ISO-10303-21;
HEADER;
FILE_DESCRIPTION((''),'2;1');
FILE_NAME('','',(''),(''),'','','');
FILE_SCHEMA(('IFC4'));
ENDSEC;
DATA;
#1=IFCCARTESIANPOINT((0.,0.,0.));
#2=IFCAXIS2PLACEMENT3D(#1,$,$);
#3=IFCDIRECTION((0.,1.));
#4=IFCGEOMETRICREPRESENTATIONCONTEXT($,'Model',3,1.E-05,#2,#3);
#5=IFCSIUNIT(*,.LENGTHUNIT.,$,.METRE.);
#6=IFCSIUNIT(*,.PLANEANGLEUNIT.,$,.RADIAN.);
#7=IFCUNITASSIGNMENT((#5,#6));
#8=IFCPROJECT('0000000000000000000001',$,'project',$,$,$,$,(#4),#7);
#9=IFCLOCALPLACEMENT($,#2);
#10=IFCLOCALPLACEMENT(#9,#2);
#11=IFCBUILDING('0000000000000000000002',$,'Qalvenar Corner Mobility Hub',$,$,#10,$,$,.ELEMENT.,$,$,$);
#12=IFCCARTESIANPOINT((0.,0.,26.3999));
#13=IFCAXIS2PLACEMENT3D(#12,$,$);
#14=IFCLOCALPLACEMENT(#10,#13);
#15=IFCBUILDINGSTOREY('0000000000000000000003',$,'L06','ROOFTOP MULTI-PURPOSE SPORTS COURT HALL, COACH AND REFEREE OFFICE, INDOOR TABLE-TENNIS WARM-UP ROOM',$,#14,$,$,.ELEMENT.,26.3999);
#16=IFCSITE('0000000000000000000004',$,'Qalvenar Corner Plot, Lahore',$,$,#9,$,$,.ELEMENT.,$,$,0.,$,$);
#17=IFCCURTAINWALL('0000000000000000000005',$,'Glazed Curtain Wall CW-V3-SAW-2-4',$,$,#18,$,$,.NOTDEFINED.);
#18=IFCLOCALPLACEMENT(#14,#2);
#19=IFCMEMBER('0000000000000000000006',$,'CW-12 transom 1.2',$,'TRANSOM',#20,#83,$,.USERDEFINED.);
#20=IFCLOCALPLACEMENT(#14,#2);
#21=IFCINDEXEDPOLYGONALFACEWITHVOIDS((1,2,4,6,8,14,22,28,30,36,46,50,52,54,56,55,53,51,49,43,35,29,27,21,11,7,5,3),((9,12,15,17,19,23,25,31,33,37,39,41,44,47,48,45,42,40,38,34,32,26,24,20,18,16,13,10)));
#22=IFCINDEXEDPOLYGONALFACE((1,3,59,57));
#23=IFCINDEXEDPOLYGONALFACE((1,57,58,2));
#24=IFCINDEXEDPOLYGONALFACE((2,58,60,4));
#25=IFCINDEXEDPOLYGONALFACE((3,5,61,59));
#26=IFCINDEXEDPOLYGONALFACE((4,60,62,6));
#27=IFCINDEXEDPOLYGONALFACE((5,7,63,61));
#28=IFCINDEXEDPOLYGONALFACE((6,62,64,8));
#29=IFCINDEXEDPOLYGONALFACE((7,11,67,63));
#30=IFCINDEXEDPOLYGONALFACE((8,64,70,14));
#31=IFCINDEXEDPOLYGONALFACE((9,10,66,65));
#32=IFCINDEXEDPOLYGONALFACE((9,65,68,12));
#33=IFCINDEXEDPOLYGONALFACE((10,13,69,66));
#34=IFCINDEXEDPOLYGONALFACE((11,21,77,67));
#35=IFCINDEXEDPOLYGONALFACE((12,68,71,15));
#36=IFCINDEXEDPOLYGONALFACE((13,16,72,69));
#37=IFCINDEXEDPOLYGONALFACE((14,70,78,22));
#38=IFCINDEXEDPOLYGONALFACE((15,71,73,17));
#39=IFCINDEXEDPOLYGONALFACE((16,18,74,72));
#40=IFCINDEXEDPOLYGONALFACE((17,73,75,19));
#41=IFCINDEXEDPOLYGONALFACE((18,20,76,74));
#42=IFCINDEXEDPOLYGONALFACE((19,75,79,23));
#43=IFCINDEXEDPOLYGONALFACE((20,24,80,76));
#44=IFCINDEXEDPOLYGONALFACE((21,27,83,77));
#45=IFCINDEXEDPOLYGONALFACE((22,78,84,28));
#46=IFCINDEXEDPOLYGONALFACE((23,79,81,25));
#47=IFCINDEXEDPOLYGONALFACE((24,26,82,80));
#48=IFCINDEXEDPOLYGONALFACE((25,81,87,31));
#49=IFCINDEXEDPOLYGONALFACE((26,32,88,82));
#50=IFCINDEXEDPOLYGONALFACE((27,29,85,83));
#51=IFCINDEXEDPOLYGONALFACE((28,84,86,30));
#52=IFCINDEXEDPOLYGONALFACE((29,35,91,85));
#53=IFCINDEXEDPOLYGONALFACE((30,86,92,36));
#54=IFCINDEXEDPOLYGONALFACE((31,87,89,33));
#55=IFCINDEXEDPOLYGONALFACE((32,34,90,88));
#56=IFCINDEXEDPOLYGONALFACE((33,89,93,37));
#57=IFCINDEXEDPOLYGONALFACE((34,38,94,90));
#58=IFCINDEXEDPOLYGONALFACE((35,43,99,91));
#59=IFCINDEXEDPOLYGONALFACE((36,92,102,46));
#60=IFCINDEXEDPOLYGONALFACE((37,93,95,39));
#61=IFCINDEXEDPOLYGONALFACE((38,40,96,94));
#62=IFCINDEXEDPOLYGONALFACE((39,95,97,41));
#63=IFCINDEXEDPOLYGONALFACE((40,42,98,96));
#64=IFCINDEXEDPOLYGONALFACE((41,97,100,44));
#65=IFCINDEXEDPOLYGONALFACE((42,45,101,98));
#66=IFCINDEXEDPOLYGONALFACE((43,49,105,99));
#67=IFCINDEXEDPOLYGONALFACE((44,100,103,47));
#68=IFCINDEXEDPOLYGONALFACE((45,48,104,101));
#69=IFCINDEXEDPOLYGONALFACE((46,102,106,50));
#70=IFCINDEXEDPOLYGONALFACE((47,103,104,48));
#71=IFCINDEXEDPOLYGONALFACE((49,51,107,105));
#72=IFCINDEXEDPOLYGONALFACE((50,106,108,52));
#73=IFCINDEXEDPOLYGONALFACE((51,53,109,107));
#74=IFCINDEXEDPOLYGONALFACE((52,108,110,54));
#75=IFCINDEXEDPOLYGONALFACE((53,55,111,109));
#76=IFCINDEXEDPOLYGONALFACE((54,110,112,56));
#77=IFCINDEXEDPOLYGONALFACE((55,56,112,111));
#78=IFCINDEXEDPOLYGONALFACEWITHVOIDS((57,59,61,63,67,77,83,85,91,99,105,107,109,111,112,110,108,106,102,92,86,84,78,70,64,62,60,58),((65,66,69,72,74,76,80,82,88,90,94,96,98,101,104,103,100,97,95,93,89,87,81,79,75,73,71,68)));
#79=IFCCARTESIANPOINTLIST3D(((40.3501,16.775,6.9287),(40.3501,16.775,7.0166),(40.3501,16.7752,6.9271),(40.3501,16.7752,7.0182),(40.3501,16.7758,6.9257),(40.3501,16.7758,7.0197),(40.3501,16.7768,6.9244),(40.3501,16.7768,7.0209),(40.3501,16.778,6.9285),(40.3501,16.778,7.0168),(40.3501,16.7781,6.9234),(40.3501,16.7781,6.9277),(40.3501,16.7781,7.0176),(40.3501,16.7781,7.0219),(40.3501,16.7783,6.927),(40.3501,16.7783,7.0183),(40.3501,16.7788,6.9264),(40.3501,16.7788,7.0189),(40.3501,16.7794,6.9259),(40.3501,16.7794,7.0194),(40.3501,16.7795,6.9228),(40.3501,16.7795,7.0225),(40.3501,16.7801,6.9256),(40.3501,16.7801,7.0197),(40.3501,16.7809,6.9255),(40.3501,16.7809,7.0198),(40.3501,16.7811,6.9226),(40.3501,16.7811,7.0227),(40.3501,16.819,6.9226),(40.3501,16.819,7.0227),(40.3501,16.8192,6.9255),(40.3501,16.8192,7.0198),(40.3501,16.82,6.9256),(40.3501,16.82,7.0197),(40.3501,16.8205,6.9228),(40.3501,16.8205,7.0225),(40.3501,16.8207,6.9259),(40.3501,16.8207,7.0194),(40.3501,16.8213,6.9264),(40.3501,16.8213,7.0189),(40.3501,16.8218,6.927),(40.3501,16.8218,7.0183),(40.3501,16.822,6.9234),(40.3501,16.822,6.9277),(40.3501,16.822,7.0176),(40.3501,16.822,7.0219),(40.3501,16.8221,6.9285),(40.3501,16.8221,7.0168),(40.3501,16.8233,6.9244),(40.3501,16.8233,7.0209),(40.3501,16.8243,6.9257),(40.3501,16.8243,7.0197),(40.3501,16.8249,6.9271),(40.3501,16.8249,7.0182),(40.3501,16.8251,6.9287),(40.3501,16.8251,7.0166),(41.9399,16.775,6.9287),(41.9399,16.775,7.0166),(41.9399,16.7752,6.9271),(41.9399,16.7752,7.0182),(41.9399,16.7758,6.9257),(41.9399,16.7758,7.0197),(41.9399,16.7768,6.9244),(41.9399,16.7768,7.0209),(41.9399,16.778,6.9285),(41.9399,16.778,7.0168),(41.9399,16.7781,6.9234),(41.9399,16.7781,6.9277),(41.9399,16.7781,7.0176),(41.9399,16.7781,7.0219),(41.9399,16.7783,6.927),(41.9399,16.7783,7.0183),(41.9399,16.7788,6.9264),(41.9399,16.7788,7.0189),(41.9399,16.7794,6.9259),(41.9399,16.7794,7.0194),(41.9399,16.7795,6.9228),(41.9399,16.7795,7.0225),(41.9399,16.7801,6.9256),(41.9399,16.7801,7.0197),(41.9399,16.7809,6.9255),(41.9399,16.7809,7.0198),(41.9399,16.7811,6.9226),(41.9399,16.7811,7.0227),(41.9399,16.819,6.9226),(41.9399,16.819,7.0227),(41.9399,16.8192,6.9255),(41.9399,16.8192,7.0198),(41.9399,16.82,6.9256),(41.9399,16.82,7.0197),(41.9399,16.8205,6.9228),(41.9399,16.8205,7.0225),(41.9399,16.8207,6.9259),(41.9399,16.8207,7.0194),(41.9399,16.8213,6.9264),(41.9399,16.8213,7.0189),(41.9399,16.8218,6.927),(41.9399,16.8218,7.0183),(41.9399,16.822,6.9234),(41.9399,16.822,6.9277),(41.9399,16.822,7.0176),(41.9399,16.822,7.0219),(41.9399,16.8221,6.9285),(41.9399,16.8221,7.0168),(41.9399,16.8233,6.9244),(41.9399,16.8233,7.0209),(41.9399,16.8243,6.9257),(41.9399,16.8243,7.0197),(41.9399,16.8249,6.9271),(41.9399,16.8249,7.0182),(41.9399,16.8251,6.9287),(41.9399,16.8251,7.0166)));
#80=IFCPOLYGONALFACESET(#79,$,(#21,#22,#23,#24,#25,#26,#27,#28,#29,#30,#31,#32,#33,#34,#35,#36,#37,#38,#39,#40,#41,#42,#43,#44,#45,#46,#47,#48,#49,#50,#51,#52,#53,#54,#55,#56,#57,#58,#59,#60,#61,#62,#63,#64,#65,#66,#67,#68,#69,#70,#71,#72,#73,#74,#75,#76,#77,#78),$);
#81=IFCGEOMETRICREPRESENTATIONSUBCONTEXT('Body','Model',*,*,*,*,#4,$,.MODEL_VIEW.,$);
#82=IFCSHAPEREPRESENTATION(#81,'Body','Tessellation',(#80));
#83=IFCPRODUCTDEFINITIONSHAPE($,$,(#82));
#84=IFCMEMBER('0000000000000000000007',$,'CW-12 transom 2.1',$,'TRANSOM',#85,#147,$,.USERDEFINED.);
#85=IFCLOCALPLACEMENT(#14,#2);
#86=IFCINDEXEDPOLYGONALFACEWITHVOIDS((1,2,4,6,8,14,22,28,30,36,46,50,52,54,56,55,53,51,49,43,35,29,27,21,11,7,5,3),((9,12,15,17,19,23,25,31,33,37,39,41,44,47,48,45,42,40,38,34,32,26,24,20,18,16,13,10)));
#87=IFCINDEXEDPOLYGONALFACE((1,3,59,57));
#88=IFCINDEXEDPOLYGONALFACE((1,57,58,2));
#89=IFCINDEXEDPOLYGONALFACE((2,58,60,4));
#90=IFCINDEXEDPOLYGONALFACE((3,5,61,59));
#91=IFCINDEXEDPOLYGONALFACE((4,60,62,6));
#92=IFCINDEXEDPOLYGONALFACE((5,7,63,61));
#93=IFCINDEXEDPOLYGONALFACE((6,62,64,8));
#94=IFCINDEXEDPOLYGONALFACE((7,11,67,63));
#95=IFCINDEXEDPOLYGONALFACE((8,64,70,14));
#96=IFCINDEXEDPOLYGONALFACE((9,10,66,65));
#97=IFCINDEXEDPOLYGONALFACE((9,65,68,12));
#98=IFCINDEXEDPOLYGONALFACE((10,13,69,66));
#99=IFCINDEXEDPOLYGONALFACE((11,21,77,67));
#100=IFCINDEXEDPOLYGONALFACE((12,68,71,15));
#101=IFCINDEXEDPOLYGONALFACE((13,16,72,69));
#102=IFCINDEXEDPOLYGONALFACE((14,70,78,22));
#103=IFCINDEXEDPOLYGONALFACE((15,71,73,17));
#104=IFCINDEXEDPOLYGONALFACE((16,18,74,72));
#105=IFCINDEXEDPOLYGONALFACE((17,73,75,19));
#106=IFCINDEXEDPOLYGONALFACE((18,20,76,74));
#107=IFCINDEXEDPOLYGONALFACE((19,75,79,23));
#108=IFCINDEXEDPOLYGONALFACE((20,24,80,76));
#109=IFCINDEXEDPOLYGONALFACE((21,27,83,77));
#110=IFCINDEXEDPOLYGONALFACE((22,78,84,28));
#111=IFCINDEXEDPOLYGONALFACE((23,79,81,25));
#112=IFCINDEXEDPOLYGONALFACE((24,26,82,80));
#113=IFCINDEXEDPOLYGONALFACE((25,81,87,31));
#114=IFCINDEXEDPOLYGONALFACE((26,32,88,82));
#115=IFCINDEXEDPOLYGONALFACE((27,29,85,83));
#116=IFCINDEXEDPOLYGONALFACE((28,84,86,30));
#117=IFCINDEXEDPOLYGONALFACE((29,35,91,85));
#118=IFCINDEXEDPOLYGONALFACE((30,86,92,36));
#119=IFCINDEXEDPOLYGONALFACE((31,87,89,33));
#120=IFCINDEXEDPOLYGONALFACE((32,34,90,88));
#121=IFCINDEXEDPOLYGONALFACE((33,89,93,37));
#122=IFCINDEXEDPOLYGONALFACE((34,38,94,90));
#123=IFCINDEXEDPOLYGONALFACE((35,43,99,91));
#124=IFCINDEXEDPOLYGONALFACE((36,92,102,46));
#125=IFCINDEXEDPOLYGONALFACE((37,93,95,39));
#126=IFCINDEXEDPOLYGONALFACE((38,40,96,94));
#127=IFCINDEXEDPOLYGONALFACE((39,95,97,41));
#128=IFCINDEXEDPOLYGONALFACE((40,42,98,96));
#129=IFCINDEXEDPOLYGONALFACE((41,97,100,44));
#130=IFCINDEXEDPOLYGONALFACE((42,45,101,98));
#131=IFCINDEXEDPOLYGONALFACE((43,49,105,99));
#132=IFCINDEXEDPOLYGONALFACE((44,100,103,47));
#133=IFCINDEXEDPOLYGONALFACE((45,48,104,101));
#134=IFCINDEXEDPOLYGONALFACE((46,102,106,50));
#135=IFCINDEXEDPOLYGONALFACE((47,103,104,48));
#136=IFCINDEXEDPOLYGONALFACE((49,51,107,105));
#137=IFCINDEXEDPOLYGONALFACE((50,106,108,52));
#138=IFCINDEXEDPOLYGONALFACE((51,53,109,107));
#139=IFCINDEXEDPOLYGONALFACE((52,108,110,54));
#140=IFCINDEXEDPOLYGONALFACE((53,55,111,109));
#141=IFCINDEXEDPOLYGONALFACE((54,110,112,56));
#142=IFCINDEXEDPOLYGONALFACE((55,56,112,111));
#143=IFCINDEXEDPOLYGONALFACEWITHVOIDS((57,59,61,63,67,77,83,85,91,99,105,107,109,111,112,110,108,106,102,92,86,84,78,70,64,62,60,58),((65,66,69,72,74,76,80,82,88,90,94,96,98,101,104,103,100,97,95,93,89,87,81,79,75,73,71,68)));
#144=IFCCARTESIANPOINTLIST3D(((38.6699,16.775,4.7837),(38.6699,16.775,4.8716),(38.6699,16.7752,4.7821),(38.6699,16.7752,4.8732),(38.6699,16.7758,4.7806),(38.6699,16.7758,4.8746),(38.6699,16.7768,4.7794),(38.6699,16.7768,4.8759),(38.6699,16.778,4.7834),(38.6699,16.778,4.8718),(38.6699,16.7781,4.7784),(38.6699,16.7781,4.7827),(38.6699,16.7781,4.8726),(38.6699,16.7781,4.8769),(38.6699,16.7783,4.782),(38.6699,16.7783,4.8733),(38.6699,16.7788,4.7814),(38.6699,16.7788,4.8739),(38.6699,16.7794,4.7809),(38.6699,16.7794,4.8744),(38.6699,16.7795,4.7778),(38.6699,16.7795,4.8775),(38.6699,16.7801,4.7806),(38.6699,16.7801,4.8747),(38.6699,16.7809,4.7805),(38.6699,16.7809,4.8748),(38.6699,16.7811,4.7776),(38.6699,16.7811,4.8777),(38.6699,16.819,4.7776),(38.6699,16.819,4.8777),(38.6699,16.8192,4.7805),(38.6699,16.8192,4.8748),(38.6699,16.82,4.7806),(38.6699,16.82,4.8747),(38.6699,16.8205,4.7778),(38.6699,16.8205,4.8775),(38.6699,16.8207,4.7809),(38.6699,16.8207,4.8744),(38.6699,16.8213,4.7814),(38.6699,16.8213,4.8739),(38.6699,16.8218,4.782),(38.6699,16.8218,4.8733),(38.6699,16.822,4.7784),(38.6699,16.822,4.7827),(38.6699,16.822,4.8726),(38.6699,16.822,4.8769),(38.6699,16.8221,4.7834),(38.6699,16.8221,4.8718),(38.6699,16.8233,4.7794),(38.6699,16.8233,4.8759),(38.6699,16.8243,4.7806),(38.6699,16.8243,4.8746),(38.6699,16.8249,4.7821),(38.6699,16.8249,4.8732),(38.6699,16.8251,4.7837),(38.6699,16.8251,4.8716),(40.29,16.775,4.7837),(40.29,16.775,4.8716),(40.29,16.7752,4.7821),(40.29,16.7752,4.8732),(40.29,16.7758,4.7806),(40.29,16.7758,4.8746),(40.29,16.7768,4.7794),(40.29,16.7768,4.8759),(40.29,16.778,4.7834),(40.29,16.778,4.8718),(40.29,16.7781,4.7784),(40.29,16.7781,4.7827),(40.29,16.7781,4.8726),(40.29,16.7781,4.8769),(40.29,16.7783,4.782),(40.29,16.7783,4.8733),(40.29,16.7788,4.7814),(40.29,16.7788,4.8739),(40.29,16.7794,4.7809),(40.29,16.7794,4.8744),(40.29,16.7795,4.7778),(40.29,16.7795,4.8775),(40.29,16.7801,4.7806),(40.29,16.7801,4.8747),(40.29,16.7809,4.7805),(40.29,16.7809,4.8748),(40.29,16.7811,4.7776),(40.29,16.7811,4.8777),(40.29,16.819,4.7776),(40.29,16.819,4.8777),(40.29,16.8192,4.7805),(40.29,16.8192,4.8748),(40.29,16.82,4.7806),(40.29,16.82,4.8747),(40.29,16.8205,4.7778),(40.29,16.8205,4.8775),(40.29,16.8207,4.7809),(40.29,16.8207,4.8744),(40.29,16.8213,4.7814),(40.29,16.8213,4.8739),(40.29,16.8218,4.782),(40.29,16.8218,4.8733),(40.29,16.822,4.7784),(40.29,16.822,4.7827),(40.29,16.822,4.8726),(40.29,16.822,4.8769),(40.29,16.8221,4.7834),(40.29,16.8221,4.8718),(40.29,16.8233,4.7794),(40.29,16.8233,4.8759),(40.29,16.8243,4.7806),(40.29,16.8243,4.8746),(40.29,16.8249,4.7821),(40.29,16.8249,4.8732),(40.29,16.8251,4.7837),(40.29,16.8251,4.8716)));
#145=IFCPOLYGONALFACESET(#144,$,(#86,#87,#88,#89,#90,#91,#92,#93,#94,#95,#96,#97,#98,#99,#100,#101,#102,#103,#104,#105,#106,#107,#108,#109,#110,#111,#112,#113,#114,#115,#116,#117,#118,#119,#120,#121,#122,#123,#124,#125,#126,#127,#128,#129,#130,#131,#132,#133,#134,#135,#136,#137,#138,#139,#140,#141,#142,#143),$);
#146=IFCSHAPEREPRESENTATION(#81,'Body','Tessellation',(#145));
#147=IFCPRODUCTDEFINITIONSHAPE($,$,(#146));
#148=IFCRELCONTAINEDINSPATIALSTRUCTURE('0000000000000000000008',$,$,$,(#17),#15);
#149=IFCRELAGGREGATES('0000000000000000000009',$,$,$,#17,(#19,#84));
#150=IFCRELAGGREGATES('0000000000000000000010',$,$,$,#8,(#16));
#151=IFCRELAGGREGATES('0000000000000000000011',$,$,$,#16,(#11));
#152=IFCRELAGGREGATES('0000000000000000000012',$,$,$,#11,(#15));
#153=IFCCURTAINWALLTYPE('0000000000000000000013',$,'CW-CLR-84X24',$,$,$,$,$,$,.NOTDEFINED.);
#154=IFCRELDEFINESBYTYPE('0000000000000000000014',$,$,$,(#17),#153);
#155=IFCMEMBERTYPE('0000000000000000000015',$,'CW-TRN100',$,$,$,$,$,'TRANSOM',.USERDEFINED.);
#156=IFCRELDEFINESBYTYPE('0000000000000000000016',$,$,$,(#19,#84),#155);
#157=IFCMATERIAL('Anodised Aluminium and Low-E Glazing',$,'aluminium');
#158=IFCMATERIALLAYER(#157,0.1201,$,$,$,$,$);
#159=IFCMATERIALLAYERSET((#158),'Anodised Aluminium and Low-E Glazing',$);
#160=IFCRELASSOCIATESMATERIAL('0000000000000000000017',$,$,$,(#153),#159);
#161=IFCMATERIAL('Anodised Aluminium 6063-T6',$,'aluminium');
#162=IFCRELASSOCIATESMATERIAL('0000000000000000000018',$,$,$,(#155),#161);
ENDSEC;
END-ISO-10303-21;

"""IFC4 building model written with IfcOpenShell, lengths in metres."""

from ifc_helpers import new_model, si_unit, direction, frame, origin, origin_2d, place, context, subcontext, project, spatial, hollow_rectangle, extrude, material, layer, layer_set, material_profile, profile_set, type_object, element, aggregate, save


model = new_model("IFC4")

# Units and contexts
model_context = context("Model", 3, precision=1e-05, world=origin(), true_north=direction((0.0, 1.0)))
body_context = subcontext(model_context, "Body", "Model", "MODEL_VIEW")
ifc_project = project(units=[si_unit("LENGTHUNIT", "METRE"), si_unit("PLANEANGLEUNIT", "RADIAN")], contexts=[model_context])

# Site, building, storey
site_placement = place(None, origin())
site = spatial("IfcSite", under=ifc_project, at=site_placement, Name="Qalvenar Corner Plot, Lahore", CompositionType="ELEMENT", RefElevation=0.0)
building_placement = place(site_placement, origin())
building = spatial("IfcBuilding", under=site, at=building_placement, Name="Qalvenar Corner Mobility Hub", CompositionType="ELEMENT")
storey_placement = place(building_placement, frame((0.0, 0.0, 26.3999)))
storey = spatial("IfcBuildingStorey", under=building, at=storey_placement, Name="L06", Description="ROOFTOP MULTI-PURPOSE SPORTS COURT HALL, COACH AND REFEREE OFFICE, INDOOR TABLE-TENNIS WARM-UP ROOM", CompositionType="ELEMENT", Elevation=26.3999)

# Curtain wall
ifc_material_1 = material(Name="Anodised Aluminium and Low-E Glazing", Category="aluminium")
ifc_layer_1 = layer(ifc_material_1, 0.1201)
ifc_layer_set_1 = layer_set([ifc_layer_1], Name="Anodised Aluminium and Low-E Glazing")
curtain_wall_type = type_object("IfcCurtainWallType", Name="CW-CLR-84X24", PredefinedType="NOTDEFINED", material=ifc_layer_set_1)
curtain_wall_1_placement = place(storey_placement, origin())
curtain_wall_1 = element("IfcCurtainWall", 1, at=curtain_wall_1_placement, inside=storey, type_object=curtain_wall_type, Name="Glazed Curtain Wall CW-V3-SAW-2-4", PredefinedType="NOTDEFINED")
ifc_material_2 = material(Name="Anodised Aluminium 6063-T6", Category="aluminium")

# Members
ifc_material_profile_1 = material_profile(ifc_material_2, hollow_rectangle(XDim=0.05, YDim=0.1001, WallThickness=0.0029, InnerFilletRadius=0.0029, OuterFilletRadius=0.0061, at=origin_2d()), Name="RHS100x50x3")
ifc_profile_set_1 = profile_set([ifc_material_profile_1], Name="Anodised Aluminium 6063-T6")
member_type_1 = type_object("IfcMemberType", Name="CW-TRN100", ElementType="TRANSOM", PredefinedType="USERDEFINED", material=ifc_profile_set_1)
member_1_placement = place(storey_placement, frame((41.9399, 16.8, 6.9727), z_axis=(-1.0, 0.0, 0.0), x_axis=(0.0, -1.0, 0.0)))
member_1 = element("IfcMember", 2, at=member_1_placement, type_object=member_type_1, Name="CW-12 transom 1.2", ObjectType="TRANSOM", PredefinedType="USERDEFINED", context=body_context, shape_type="SweptSolid", body=[
    extrude(hollow_rectangle(XDim=0.05, YDim=0.1001, WallThickness=0.0029, InnerFilletRadius=0.0029, OuterFilletRadius=0.0061, at=origin_2d()), origin(), (0.0, 0.0, 1.0), 1.5898),
])
member_2_placement = place(storey_placement, frame((40.29, 16.8, 4.8276), z_axis=(-1.0, 0.0, 0.0), x_axis=(0.0, -1.0, 0.0)))
member_2 = element("IfcMember", 3, at=member_2_placement, type_object=member_type_1, Name="CW-12 transom 2.1", ObjectType="TRANSOM", PredefinedType="USERDEFINED", context=body_context, shape_type="SweptSolid", body=[
    extrude(hollow_rectangle(XDim=0.05, YDim=0.1001, WallThickness=0.0029, InnerFilletRadius=0.0029, OuterFilletRadius=0.0061, at=origin_2d()), origin(), (0.0, 0.0, 1.0), 1.6201),
])

aggregate(curtain_wall_1, [member_1, member_2])

save(model, "model.ifc")
